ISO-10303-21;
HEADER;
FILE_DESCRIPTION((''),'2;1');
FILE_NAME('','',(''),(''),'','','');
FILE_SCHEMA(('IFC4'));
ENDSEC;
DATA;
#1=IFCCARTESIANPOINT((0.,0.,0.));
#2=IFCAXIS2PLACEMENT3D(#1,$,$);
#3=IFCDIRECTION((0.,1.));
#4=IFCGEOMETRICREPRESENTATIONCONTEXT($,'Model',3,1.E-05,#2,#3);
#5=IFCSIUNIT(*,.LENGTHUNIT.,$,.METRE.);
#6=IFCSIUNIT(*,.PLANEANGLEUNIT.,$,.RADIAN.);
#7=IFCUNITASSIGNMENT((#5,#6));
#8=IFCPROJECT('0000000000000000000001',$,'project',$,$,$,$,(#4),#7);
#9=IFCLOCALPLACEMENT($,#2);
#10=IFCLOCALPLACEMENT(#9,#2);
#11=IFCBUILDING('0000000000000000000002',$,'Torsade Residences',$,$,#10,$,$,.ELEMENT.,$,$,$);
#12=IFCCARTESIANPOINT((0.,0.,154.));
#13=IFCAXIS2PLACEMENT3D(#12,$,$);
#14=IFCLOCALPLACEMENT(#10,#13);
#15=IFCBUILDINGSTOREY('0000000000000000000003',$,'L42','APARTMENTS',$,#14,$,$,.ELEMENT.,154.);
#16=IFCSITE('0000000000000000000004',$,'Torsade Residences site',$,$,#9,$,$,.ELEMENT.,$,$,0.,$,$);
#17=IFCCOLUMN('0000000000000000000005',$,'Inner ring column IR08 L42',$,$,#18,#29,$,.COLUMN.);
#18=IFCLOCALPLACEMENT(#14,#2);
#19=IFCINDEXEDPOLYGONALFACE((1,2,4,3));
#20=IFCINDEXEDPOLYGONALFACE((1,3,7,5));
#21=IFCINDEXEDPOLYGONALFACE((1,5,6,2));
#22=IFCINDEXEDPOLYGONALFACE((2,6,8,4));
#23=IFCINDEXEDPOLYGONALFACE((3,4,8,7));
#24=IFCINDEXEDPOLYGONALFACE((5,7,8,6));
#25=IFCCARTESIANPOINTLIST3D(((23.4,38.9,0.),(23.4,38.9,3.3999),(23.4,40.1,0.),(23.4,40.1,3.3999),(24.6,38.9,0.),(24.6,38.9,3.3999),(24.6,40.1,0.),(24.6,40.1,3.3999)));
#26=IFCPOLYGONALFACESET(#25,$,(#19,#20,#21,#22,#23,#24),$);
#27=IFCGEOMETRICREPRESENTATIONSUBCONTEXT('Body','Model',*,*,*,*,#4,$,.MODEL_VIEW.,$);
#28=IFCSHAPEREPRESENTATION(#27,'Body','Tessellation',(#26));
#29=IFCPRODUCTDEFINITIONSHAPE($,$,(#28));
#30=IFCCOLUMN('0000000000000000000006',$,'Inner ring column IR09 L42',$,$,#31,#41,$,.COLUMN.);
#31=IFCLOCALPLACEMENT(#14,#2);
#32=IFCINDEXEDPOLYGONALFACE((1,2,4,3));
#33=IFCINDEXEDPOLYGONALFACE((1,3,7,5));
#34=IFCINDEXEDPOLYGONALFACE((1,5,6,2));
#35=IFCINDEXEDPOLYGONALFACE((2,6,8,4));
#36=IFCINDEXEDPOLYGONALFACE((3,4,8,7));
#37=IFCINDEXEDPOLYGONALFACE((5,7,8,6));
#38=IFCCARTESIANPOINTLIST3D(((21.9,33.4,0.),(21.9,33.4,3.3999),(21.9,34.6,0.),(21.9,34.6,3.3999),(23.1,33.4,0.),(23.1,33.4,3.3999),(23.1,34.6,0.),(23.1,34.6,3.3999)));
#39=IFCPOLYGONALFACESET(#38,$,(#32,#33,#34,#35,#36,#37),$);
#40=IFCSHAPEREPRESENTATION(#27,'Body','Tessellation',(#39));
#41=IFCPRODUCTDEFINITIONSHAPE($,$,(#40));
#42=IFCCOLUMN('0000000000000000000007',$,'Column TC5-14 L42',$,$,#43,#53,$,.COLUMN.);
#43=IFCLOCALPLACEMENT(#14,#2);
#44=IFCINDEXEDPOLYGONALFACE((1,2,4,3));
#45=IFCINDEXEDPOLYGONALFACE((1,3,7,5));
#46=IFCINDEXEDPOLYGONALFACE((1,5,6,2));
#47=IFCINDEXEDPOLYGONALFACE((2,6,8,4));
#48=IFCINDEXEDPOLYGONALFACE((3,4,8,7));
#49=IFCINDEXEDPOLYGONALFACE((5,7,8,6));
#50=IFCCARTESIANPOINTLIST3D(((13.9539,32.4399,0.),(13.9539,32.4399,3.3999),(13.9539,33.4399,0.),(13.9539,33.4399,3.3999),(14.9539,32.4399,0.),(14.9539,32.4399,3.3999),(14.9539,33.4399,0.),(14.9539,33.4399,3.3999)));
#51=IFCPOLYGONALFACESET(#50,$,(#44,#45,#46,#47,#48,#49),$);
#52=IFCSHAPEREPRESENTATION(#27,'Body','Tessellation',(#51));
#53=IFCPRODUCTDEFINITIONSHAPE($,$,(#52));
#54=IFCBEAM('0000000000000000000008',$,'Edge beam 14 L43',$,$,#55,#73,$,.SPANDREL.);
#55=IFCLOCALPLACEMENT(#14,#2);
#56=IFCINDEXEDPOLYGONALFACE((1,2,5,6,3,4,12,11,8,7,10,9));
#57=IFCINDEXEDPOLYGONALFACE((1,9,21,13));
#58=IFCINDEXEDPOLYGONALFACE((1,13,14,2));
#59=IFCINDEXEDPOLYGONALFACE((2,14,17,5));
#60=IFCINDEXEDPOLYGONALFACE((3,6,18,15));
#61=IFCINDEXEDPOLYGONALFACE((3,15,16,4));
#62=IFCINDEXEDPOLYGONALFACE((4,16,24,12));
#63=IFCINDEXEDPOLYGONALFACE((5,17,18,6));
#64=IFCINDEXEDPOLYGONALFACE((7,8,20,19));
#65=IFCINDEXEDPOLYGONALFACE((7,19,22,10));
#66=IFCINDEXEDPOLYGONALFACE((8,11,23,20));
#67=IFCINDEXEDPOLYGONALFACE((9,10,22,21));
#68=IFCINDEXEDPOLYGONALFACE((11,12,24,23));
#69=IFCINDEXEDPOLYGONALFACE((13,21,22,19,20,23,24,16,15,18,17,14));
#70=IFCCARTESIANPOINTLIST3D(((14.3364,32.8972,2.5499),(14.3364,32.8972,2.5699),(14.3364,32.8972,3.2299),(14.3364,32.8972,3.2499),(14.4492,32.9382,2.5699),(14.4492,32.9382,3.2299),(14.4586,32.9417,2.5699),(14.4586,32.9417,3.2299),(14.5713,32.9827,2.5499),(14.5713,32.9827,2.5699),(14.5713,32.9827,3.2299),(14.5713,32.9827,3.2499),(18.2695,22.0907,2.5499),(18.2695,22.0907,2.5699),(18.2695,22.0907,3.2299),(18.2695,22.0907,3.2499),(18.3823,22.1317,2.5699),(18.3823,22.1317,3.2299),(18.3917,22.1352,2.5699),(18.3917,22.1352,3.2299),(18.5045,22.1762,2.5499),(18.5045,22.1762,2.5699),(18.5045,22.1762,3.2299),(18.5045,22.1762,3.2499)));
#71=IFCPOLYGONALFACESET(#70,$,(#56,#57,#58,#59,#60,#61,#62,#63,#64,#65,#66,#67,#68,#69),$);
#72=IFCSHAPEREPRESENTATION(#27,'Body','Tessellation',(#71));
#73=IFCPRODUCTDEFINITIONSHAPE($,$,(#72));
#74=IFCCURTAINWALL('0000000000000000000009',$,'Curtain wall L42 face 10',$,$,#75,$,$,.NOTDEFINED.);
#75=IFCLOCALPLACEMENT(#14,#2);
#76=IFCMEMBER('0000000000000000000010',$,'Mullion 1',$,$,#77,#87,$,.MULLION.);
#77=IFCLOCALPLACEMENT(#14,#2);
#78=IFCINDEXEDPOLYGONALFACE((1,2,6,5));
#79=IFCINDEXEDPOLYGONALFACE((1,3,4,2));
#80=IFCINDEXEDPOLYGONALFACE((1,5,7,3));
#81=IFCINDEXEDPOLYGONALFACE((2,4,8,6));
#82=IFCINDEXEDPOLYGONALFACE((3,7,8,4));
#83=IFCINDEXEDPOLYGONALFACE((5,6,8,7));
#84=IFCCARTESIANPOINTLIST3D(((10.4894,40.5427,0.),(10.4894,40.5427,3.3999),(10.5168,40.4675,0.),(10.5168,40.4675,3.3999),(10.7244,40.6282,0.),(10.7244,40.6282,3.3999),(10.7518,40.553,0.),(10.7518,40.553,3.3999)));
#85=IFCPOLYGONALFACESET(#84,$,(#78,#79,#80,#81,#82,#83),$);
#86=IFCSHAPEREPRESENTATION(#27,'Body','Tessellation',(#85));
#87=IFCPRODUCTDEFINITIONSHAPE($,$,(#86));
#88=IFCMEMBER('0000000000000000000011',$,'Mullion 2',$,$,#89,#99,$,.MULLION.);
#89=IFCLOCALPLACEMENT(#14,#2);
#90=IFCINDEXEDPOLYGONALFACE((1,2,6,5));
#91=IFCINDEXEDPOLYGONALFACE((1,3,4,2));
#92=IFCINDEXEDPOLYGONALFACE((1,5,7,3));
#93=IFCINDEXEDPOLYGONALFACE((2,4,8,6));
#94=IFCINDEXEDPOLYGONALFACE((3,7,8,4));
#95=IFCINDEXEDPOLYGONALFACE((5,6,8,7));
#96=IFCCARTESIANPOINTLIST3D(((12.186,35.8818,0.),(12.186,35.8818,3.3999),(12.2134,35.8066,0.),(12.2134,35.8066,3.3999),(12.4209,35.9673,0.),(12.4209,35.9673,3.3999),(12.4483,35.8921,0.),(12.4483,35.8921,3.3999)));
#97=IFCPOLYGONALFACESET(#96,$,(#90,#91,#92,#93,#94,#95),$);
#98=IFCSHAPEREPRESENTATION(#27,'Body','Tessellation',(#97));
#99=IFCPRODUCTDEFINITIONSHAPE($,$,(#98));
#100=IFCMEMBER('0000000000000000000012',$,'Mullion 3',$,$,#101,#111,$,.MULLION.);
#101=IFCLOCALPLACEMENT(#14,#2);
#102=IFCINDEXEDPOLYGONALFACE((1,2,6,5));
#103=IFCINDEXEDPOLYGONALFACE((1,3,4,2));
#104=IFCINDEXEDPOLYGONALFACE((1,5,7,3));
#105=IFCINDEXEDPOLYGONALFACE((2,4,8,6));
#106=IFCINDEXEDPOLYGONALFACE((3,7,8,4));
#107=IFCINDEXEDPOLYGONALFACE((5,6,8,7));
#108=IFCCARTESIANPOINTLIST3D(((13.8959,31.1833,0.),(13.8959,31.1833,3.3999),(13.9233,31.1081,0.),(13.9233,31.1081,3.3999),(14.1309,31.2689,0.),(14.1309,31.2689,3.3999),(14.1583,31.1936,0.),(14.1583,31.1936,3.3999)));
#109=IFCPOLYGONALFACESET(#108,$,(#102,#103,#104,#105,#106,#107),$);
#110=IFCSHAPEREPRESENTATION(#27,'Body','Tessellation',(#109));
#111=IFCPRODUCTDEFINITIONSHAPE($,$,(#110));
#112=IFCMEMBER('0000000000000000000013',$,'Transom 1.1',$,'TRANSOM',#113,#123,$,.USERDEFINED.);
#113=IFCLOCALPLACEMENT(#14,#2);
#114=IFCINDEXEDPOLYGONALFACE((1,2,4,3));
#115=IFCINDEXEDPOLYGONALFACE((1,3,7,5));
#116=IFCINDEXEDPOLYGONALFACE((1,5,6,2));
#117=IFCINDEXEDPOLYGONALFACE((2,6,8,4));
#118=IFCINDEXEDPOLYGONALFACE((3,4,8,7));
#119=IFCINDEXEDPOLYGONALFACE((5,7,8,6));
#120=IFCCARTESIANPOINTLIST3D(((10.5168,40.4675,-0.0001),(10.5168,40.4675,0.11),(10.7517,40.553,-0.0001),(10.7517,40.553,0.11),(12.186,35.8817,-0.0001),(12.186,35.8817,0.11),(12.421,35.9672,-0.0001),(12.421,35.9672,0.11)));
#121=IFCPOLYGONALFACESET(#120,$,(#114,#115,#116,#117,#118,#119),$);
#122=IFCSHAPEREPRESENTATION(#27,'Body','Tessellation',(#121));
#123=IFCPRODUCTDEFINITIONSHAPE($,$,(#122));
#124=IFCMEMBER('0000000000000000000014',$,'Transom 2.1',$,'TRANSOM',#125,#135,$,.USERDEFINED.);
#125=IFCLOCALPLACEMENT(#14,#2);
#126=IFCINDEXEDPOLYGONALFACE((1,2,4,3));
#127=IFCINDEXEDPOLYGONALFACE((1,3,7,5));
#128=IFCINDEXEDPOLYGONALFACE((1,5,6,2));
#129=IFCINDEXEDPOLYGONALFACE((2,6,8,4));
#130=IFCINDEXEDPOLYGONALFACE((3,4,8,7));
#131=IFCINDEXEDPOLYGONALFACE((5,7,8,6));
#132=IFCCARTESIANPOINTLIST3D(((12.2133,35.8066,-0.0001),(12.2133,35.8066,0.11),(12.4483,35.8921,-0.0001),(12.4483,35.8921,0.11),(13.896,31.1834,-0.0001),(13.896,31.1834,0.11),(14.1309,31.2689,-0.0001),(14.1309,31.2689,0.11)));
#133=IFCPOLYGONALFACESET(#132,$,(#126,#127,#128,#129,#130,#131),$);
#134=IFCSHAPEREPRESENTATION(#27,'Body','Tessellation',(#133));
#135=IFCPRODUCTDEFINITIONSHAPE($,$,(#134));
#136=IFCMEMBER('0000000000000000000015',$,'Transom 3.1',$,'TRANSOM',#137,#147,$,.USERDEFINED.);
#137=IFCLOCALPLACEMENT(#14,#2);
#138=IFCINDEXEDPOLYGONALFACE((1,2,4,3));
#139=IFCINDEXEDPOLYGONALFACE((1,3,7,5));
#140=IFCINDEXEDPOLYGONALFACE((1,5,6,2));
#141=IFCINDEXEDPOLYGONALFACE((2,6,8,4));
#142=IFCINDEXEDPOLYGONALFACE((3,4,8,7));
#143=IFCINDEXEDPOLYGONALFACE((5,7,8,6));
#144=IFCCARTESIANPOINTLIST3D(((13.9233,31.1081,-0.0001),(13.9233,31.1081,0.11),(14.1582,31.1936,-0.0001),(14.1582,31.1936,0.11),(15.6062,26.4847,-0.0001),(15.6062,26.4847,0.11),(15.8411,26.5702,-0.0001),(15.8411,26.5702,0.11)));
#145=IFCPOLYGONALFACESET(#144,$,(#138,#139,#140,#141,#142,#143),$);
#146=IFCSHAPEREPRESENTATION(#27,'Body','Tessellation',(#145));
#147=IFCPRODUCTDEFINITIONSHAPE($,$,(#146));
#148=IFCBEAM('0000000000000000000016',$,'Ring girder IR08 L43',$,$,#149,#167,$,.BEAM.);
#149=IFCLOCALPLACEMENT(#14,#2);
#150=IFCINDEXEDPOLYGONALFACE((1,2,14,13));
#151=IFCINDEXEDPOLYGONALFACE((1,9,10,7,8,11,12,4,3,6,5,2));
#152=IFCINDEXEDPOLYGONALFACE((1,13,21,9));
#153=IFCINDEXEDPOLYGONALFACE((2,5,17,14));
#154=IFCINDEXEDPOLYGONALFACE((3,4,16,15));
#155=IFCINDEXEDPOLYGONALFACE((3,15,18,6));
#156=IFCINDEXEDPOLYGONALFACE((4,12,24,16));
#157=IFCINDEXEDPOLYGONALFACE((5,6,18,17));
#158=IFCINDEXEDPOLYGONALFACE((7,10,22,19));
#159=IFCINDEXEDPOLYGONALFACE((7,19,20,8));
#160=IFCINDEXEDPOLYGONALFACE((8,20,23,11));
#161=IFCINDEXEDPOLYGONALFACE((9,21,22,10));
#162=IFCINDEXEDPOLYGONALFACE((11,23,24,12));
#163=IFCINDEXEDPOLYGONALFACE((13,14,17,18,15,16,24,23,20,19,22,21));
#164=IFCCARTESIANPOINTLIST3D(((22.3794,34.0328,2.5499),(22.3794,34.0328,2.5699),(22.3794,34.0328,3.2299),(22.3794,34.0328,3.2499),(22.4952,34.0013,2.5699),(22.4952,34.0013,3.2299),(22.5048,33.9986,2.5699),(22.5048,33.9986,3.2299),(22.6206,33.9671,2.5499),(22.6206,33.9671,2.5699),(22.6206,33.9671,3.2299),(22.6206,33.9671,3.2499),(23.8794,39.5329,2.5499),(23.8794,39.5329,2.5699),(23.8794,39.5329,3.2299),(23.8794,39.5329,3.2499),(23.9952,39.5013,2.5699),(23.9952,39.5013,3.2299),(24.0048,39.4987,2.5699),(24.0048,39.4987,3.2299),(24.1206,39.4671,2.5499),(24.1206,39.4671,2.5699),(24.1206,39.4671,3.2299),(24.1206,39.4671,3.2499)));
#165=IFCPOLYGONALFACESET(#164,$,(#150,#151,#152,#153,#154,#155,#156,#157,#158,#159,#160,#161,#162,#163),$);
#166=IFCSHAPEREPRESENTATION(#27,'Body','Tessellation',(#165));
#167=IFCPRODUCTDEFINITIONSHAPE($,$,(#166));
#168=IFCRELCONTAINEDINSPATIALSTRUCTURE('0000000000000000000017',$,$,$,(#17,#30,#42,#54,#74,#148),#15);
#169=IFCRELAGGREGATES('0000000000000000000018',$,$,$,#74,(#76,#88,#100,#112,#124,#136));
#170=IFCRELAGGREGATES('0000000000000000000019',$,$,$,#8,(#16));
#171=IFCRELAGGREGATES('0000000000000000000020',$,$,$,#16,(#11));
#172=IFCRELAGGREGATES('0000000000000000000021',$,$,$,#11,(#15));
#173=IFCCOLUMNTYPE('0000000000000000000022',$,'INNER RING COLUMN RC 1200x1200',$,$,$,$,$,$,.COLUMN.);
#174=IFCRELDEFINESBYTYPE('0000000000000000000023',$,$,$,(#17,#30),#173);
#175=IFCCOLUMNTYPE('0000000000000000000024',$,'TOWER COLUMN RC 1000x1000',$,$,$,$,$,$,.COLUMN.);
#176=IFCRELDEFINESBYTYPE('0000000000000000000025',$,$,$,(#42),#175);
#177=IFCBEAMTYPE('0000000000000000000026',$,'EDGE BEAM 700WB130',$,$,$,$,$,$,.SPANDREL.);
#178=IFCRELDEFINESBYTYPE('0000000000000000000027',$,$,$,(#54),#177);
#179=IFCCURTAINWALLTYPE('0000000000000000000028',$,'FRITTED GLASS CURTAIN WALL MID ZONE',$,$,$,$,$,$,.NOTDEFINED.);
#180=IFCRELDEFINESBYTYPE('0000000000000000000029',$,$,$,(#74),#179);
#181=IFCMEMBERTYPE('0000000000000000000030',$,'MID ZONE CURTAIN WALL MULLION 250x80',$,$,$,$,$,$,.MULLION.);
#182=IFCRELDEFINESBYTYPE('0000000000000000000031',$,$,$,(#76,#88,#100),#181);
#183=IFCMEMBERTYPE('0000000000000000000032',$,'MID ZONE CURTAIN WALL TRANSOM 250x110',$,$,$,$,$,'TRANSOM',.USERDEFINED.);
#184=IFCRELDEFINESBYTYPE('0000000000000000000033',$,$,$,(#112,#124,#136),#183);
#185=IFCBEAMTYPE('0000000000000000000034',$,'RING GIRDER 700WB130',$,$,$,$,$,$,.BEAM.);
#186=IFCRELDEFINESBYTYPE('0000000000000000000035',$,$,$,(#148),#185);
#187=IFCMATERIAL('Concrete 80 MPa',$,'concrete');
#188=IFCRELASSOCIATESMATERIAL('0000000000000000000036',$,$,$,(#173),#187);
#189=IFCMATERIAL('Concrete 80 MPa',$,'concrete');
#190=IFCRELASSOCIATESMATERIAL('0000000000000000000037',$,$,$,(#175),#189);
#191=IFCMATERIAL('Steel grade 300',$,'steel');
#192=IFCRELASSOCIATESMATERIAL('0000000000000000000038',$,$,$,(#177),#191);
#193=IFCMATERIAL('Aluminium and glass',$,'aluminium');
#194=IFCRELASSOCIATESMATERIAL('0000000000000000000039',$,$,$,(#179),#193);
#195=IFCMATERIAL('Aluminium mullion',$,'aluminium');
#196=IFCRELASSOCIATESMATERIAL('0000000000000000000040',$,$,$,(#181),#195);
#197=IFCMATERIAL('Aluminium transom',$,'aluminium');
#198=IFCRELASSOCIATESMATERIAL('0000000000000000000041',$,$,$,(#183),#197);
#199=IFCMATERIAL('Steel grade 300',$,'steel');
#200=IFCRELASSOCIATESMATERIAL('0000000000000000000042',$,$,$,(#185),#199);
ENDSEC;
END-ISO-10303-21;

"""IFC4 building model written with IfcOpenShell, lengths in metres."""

from ifc_helpers import new_model, si_unit, direction, frame, origin, origin_2d, place, context, subcontext, project, spatial, rectangle, i_section, extrude, material, material_profile, profile_set, type_object, element, aggregate, save


model = new_model("IFC4")

# Units and contexts
model_context = context("Model", 3, precision=1e-05, world=origin(), true_north=direction((0.0, 1.0)))
body_context = subcontext(model_context, "Body", "Model", "MODEL_VIEW")
ifc_project = project(units=[si_unit("LENGTHUNIT", "METRE"), si_unit("PLANEANGLEUNIT", "RADIAN")], contexts=[model_context])

# Site, building, storey
site_placement = place(None, origin())
site = spatial("IfcSite", under=ifc_project, at=site_placement, Name="Torsade Residences site", CompositionType="ELEMENT", RefElevation=0.0)
building_placement = place(site_placement, origin())
building = spatial("IfcBuilding", under=site, at=building_placement, Name="Torsade Residences", CompositionType="ELEMENT")
storey_placement = place(building_placement, frame((0.0, 0.0, 154.0)))
storey = spatial("IfcBuildingStorey", under=building, at=storey_placement, Name="L42", Description="APARTMENTS", CompositionType="ELEMENT", Elevation=154.0)

# Columns
ifc_material_1 = material(Name="Concrete 80 MPa", Category="concrete")
ifc_material_profile_1 = material_profile(ifc_material_1, rectangle(XDim=1.2, YDim=1.2, at=origin_2d()), Name="RC 1200x1200")
ifc_profile_set_1 = profile_set([ifc_material_profile_1], Name="Concrete 80 MPa")
column_type_1 = type_object("IfcColumnType", Name="INNER RING COLUMN RC 1200x1200", PredefinedType="COLUMN", material=ifc_profile_set_1)
for number, where, z_axis, x_axis, name in (
    (1, (24.0, 39.5, 0.0), (0.0, 0.0, 1.0), (1.0, 0.0, 0.0), "Inner ring column IR08 L42"),
    (2, (22.5, 34.0, 0.0), (0.0, 0.0, 1.0), (1.0, 0.0, 0.0), "Inner ring column IR09 L42"),
):
    element("IfcColumn", number, at=place(storey_placement, frame(where, z_axis=z_axis, x_axis=x_axis)), inside=storey, type_object=column_type_1, Name=name, PredefinedType="COLUMN", context=body_context, shape_type="SweptSolid", body=[
        extrude(rectangle(XDim=1.2, YDim=1.2, at=origin_2d()), origin(), (0.0, 0.0, 1.0), 3.3999),
    ])
ifc_material_2 = material(Name="Concrete 80 MPa", Category="concrete")
ifc_material_profile_2 = material_profile(ifc_material_2, rectangle(XDim=1.0, YDim=1.0, at=origin_2d()), Name="RC 1000x1000")
ifc_profile_set_2 = profile_set([ifc_material_profile_2], Name="Concrete 80 MPa")
column_type_2 = type_object("IfcColumnType", Name="TOWER COLUMN RC 1000x1000", PredefinedType="COLUMN", material=ifc_profile_set_2)
column_placement = place(storey_placement, frame((14.4539, 32.9399, 0.0), z_axis=(0.0, 0.0, 1.0), x_axis=(1.0, 0.0, 0.0)))
element("IfcColumn", 3, at=column_placement, inside=storey, type_object=column_type_2, Name="Column TC5-14 L42", PredefinedType="COLUMN", context=body_context, shape_type="SweptSolid", body=[
    extrude(rectangle(XDim=1.0, YDim=1.0, at=origin_2d()), origin(), (0.0, 0.0, 1.0), 3.3999),
])

# Beam
ifc_material_3 = material(Name="Steel grade 300", Category="steel")
ifc_material_profile_3 = material_profile(ifc_material_3, i_section(OverallWidth=0.25, OverallDepth=0.7, WebThickness=0.01, FlangeThickness=0.02, at=origin_2d()), Name="700WB130")
ifc_profile_set_3 = profile_set([ifc_material_profile_3], Name="Steel grade 300")
beam_type_1 = type_object("IfcBeamType", Name="EDGE BEAM 700WB130", PredefinedType="SPANDREL", material=ifc_profile_set_3)
beam_1_placement = place(storey_placement, frame((14.4539, 32.9399, 2.8999), z_axis=(0.342012, -0.939695, 0.0), x_axis=(0.939695, 0.342012, 0.0)))
element("IfcBeam", 4, at=beam_1_placement, inside=storey, type_object=beam_type_1, Name="Edge beam 14 L43", PredefinedType="SPANDREL", context=body_context, shape_type="SweptSolid", body=[
    extrude(i_section(OverallWidth=0.25, OverallDepth=0.7, WebThickness=0.01, FlangeThickness=0.02, at=origin_2d()), origin(), (0.0, 0.0, 1.0), 11.5),
])

# Curtain wall, members
ifc_material_4 = material(Name="Aluminium and glass", Category="aluminium")
curtain_wall_type = type_object("IfcCurtainWallType", Name="FRITTED GLASS CURTAIN WALL MID ZONE", PredefinedType="NOTDEFINED", material=ifc_material_4)
curtain_wall_placement = place(storey_placement, origin())
curtain_wall = element("IfcCurtainWall", 5, at=curtain_wall_placement, inside=storey, type_object=curtain_wall_type, Name="Curtain wall L42 face 10", PredefinedType="NOTDEFINED")
ifc_material_5 = material(Name="Aluminium mullion", Category="aluminium")
ifc_material_profile_4 = material_profile(ifc_material_5, rectangle(XDim=0.25, YDim=0.0801, at=origin_2d()), Name="MID ZONE CURTAIN WALL MULLION 250x80")
ifc_profile_set_4 = profile_set([ifc_material_profile_4], Name="Aluminium mullion")
member_type_1 = type_object("IfcMemberType", Name="MID ZONE CURTAIN WALL MULLION 250x80", PredefinedType="MULLION", material=ifc_profile_set_4)
member_1_placement = place(storey_placement, frame((10.6206, 40.5479, 0.0), z_axis=(0.0, 0.0, 1.0), x_axis=(0.939693, 0.34202, 0.0)))
member_1 = element("IfcMember", 6, at=member_1_placement, type_object=member_type_1, Name="Mullion 1", PredefinedType="MULLION", context=body_context, shape_type="SweptSolid", body=[
    extrude(rectangle(XDim=0.25, YDim=0.0801, at=origin_2d()), origin(), (0.0, 0.0, 1.0), 3.3999),
])
member_2_placement = place(storey_placement, frame((12.3171, 35.887, 0.0), z_axis=(0.0, 0.0, 1.0), x_axis=(0.939693, 0.34202, 0.0)))
member_2 = element("IfcMember", 7, at=member_2_placement, type_object=member_type_1, Name="Mullion 2", PredefinedType="MULLION", context=body_context, shape_type="SweptSolid", body=[
    extrude(rectangle(XDim=0.25, YDim=0.0801, at=origin_2d()), origin(), (0.0, 0.0, 1.0), 3.3999),
])
member_3_placement = place(storey_placement, frame((14.0271, 31.1885, 0.0), z_axis=(0.0, 0.0, 1.0), x_axis=(0.939693, 0.34202, 0.0)))
member_3 = element("IfcMember", 8, at=member_3_placement, type_object=member_type_1, Name="Mullion 3", PredefinedType="MULLION", context=body_context, shape_type="SweptSolid", body=[
    extrude(rectangle(XDim=0.25, YDim=0.0801, at=origin_2d()), origin(), (0.0, 0.0, 1.0), 3.3999),
])
ifc_material_6 = material(Name="Aluminium transom", Category="aluminium")
ifc_material_profile_5 = material_profile(ifc_material_6, rectangle(XDim=0.25, YDim=0.1101, at=origin_2d()), Name="MID ZONE CURTAIN WALL TRANSOM 250x110")
ifc_profile_set_5 = profile_set([ifc_material_profile_5], Name="Aluminium transom")
member_type_2 = type_object("IfcMemberType", Name="MID ZONE CURTAIN WALL TRANSOM 250x110", ElementType="TRANSOM", PredefinedType="USERDEFINED", material=ifc_profile_set_5)
member_4_placement = place(storey_placement, frame((10.6343, 40.5103, 0.0549), z_axis=(0.342044, -0.939684, 0.0), x_axis=(0.939684, 0.342044, 0.0)))
member_4 = element("IfcMember", 9, at=member_4_placement, type_object=member_type_2, Name="Transom 1.1", ObjectType="TRANSOM", PredefinedType="USERDEFINED", context=body_context, shape_type="SweptSolid", body=[
    extrude(rectangle(XDim=0.25, YDim=0.1101, at=origin_2d()), origin(), (0.0, 0.0, 1.0), 4.8801),
])
member_5_placement = place(storey_placement, frame((12.3308, 35.8494, 0.0549), z_axis=(0.341998, -0.939701, 0.0), x_axis=(0.939701, 0.341998, 0.0)))
member_5 = element("IfcMember", 10, at=member_5_placement, type_object=member_type_2, Name="Transom 2.1", ObjectType="TRANSOM", PredefinedType="USERDEFINED", context=body_context, shape_type="SweptSolid", body=[
    extrude(rectangle(XDim=0.25, YDim=0.1101, at=origin_2d()), origin(), (0.0, 0.0, 1.0), 4.9199),
])
member_6_placement = place(storey_placement, frame((14.0408, 31.1509, 0.0549), z_axis=(0.342042, -0.939685, 0.0), x_axis=(0.939685, 0.342042, 0.0)))
member_6 = element("IfcMember", 11, at=member_6_placement, type_object=member_type_2, Name="Transom 3.1", ObjectType="TRANSOM", PredefinedType="USERDEFINED", context=body_context, shape_type="SweptSolid", body=[
    extrude(rectangle(XDim=0.25, YDim=0.1101, at=origin_2d()), origin(), (0.0, 0.0, 1.0), 4.9202),
])

# Beam
ifc_material_7 = material(Name="Steel grade 300", Category="steel")
ifc_material_profile_6 = material_profile(ifc_material_7, i_section(OverallWidth=0.25, OverallDepth=0.7, WebThickness=0.01, FlangeThickness=0.02, at=origin_2d()), Name="700WB130")
ifc_profile_set_6 = profile_set([ifc_material_profile_6], Name="Steel grade 300")
beam_type_2 = type_object("IfcBeamType", Name="RING GIRDER 700WB130", PredefinedType="BEAM", material=ifc_profile_set_6)
beam_2_placement = place(storey_placement, frame((24.0, 39.5, 2.8999), z_axis=(-0.263117, -0.964764, 0.0), x_axis=(0.964764, -0.263117, 0.0)))
element("IfcBeam", 12, at=beam_2_placement, inside=storey, type_object=beam_type_2, Name="Ring girder IR08 L43", PredefinedType="BEAM", context=body_context, shape_type="SweptSolid", body=[
    extrude(i_section(OverallWidth=0.25, OverallDepth=0.7, WebThickness=0.01, FlangeThickness=0.02, at=origin_2d()), origin(), (0.0, 0.0, 1.0), 5.7009),
])

aggregate(curtain_wall, [member_1, member_2, member_3, member_4, member_5, member_6])

save(model, "model.ifc")
